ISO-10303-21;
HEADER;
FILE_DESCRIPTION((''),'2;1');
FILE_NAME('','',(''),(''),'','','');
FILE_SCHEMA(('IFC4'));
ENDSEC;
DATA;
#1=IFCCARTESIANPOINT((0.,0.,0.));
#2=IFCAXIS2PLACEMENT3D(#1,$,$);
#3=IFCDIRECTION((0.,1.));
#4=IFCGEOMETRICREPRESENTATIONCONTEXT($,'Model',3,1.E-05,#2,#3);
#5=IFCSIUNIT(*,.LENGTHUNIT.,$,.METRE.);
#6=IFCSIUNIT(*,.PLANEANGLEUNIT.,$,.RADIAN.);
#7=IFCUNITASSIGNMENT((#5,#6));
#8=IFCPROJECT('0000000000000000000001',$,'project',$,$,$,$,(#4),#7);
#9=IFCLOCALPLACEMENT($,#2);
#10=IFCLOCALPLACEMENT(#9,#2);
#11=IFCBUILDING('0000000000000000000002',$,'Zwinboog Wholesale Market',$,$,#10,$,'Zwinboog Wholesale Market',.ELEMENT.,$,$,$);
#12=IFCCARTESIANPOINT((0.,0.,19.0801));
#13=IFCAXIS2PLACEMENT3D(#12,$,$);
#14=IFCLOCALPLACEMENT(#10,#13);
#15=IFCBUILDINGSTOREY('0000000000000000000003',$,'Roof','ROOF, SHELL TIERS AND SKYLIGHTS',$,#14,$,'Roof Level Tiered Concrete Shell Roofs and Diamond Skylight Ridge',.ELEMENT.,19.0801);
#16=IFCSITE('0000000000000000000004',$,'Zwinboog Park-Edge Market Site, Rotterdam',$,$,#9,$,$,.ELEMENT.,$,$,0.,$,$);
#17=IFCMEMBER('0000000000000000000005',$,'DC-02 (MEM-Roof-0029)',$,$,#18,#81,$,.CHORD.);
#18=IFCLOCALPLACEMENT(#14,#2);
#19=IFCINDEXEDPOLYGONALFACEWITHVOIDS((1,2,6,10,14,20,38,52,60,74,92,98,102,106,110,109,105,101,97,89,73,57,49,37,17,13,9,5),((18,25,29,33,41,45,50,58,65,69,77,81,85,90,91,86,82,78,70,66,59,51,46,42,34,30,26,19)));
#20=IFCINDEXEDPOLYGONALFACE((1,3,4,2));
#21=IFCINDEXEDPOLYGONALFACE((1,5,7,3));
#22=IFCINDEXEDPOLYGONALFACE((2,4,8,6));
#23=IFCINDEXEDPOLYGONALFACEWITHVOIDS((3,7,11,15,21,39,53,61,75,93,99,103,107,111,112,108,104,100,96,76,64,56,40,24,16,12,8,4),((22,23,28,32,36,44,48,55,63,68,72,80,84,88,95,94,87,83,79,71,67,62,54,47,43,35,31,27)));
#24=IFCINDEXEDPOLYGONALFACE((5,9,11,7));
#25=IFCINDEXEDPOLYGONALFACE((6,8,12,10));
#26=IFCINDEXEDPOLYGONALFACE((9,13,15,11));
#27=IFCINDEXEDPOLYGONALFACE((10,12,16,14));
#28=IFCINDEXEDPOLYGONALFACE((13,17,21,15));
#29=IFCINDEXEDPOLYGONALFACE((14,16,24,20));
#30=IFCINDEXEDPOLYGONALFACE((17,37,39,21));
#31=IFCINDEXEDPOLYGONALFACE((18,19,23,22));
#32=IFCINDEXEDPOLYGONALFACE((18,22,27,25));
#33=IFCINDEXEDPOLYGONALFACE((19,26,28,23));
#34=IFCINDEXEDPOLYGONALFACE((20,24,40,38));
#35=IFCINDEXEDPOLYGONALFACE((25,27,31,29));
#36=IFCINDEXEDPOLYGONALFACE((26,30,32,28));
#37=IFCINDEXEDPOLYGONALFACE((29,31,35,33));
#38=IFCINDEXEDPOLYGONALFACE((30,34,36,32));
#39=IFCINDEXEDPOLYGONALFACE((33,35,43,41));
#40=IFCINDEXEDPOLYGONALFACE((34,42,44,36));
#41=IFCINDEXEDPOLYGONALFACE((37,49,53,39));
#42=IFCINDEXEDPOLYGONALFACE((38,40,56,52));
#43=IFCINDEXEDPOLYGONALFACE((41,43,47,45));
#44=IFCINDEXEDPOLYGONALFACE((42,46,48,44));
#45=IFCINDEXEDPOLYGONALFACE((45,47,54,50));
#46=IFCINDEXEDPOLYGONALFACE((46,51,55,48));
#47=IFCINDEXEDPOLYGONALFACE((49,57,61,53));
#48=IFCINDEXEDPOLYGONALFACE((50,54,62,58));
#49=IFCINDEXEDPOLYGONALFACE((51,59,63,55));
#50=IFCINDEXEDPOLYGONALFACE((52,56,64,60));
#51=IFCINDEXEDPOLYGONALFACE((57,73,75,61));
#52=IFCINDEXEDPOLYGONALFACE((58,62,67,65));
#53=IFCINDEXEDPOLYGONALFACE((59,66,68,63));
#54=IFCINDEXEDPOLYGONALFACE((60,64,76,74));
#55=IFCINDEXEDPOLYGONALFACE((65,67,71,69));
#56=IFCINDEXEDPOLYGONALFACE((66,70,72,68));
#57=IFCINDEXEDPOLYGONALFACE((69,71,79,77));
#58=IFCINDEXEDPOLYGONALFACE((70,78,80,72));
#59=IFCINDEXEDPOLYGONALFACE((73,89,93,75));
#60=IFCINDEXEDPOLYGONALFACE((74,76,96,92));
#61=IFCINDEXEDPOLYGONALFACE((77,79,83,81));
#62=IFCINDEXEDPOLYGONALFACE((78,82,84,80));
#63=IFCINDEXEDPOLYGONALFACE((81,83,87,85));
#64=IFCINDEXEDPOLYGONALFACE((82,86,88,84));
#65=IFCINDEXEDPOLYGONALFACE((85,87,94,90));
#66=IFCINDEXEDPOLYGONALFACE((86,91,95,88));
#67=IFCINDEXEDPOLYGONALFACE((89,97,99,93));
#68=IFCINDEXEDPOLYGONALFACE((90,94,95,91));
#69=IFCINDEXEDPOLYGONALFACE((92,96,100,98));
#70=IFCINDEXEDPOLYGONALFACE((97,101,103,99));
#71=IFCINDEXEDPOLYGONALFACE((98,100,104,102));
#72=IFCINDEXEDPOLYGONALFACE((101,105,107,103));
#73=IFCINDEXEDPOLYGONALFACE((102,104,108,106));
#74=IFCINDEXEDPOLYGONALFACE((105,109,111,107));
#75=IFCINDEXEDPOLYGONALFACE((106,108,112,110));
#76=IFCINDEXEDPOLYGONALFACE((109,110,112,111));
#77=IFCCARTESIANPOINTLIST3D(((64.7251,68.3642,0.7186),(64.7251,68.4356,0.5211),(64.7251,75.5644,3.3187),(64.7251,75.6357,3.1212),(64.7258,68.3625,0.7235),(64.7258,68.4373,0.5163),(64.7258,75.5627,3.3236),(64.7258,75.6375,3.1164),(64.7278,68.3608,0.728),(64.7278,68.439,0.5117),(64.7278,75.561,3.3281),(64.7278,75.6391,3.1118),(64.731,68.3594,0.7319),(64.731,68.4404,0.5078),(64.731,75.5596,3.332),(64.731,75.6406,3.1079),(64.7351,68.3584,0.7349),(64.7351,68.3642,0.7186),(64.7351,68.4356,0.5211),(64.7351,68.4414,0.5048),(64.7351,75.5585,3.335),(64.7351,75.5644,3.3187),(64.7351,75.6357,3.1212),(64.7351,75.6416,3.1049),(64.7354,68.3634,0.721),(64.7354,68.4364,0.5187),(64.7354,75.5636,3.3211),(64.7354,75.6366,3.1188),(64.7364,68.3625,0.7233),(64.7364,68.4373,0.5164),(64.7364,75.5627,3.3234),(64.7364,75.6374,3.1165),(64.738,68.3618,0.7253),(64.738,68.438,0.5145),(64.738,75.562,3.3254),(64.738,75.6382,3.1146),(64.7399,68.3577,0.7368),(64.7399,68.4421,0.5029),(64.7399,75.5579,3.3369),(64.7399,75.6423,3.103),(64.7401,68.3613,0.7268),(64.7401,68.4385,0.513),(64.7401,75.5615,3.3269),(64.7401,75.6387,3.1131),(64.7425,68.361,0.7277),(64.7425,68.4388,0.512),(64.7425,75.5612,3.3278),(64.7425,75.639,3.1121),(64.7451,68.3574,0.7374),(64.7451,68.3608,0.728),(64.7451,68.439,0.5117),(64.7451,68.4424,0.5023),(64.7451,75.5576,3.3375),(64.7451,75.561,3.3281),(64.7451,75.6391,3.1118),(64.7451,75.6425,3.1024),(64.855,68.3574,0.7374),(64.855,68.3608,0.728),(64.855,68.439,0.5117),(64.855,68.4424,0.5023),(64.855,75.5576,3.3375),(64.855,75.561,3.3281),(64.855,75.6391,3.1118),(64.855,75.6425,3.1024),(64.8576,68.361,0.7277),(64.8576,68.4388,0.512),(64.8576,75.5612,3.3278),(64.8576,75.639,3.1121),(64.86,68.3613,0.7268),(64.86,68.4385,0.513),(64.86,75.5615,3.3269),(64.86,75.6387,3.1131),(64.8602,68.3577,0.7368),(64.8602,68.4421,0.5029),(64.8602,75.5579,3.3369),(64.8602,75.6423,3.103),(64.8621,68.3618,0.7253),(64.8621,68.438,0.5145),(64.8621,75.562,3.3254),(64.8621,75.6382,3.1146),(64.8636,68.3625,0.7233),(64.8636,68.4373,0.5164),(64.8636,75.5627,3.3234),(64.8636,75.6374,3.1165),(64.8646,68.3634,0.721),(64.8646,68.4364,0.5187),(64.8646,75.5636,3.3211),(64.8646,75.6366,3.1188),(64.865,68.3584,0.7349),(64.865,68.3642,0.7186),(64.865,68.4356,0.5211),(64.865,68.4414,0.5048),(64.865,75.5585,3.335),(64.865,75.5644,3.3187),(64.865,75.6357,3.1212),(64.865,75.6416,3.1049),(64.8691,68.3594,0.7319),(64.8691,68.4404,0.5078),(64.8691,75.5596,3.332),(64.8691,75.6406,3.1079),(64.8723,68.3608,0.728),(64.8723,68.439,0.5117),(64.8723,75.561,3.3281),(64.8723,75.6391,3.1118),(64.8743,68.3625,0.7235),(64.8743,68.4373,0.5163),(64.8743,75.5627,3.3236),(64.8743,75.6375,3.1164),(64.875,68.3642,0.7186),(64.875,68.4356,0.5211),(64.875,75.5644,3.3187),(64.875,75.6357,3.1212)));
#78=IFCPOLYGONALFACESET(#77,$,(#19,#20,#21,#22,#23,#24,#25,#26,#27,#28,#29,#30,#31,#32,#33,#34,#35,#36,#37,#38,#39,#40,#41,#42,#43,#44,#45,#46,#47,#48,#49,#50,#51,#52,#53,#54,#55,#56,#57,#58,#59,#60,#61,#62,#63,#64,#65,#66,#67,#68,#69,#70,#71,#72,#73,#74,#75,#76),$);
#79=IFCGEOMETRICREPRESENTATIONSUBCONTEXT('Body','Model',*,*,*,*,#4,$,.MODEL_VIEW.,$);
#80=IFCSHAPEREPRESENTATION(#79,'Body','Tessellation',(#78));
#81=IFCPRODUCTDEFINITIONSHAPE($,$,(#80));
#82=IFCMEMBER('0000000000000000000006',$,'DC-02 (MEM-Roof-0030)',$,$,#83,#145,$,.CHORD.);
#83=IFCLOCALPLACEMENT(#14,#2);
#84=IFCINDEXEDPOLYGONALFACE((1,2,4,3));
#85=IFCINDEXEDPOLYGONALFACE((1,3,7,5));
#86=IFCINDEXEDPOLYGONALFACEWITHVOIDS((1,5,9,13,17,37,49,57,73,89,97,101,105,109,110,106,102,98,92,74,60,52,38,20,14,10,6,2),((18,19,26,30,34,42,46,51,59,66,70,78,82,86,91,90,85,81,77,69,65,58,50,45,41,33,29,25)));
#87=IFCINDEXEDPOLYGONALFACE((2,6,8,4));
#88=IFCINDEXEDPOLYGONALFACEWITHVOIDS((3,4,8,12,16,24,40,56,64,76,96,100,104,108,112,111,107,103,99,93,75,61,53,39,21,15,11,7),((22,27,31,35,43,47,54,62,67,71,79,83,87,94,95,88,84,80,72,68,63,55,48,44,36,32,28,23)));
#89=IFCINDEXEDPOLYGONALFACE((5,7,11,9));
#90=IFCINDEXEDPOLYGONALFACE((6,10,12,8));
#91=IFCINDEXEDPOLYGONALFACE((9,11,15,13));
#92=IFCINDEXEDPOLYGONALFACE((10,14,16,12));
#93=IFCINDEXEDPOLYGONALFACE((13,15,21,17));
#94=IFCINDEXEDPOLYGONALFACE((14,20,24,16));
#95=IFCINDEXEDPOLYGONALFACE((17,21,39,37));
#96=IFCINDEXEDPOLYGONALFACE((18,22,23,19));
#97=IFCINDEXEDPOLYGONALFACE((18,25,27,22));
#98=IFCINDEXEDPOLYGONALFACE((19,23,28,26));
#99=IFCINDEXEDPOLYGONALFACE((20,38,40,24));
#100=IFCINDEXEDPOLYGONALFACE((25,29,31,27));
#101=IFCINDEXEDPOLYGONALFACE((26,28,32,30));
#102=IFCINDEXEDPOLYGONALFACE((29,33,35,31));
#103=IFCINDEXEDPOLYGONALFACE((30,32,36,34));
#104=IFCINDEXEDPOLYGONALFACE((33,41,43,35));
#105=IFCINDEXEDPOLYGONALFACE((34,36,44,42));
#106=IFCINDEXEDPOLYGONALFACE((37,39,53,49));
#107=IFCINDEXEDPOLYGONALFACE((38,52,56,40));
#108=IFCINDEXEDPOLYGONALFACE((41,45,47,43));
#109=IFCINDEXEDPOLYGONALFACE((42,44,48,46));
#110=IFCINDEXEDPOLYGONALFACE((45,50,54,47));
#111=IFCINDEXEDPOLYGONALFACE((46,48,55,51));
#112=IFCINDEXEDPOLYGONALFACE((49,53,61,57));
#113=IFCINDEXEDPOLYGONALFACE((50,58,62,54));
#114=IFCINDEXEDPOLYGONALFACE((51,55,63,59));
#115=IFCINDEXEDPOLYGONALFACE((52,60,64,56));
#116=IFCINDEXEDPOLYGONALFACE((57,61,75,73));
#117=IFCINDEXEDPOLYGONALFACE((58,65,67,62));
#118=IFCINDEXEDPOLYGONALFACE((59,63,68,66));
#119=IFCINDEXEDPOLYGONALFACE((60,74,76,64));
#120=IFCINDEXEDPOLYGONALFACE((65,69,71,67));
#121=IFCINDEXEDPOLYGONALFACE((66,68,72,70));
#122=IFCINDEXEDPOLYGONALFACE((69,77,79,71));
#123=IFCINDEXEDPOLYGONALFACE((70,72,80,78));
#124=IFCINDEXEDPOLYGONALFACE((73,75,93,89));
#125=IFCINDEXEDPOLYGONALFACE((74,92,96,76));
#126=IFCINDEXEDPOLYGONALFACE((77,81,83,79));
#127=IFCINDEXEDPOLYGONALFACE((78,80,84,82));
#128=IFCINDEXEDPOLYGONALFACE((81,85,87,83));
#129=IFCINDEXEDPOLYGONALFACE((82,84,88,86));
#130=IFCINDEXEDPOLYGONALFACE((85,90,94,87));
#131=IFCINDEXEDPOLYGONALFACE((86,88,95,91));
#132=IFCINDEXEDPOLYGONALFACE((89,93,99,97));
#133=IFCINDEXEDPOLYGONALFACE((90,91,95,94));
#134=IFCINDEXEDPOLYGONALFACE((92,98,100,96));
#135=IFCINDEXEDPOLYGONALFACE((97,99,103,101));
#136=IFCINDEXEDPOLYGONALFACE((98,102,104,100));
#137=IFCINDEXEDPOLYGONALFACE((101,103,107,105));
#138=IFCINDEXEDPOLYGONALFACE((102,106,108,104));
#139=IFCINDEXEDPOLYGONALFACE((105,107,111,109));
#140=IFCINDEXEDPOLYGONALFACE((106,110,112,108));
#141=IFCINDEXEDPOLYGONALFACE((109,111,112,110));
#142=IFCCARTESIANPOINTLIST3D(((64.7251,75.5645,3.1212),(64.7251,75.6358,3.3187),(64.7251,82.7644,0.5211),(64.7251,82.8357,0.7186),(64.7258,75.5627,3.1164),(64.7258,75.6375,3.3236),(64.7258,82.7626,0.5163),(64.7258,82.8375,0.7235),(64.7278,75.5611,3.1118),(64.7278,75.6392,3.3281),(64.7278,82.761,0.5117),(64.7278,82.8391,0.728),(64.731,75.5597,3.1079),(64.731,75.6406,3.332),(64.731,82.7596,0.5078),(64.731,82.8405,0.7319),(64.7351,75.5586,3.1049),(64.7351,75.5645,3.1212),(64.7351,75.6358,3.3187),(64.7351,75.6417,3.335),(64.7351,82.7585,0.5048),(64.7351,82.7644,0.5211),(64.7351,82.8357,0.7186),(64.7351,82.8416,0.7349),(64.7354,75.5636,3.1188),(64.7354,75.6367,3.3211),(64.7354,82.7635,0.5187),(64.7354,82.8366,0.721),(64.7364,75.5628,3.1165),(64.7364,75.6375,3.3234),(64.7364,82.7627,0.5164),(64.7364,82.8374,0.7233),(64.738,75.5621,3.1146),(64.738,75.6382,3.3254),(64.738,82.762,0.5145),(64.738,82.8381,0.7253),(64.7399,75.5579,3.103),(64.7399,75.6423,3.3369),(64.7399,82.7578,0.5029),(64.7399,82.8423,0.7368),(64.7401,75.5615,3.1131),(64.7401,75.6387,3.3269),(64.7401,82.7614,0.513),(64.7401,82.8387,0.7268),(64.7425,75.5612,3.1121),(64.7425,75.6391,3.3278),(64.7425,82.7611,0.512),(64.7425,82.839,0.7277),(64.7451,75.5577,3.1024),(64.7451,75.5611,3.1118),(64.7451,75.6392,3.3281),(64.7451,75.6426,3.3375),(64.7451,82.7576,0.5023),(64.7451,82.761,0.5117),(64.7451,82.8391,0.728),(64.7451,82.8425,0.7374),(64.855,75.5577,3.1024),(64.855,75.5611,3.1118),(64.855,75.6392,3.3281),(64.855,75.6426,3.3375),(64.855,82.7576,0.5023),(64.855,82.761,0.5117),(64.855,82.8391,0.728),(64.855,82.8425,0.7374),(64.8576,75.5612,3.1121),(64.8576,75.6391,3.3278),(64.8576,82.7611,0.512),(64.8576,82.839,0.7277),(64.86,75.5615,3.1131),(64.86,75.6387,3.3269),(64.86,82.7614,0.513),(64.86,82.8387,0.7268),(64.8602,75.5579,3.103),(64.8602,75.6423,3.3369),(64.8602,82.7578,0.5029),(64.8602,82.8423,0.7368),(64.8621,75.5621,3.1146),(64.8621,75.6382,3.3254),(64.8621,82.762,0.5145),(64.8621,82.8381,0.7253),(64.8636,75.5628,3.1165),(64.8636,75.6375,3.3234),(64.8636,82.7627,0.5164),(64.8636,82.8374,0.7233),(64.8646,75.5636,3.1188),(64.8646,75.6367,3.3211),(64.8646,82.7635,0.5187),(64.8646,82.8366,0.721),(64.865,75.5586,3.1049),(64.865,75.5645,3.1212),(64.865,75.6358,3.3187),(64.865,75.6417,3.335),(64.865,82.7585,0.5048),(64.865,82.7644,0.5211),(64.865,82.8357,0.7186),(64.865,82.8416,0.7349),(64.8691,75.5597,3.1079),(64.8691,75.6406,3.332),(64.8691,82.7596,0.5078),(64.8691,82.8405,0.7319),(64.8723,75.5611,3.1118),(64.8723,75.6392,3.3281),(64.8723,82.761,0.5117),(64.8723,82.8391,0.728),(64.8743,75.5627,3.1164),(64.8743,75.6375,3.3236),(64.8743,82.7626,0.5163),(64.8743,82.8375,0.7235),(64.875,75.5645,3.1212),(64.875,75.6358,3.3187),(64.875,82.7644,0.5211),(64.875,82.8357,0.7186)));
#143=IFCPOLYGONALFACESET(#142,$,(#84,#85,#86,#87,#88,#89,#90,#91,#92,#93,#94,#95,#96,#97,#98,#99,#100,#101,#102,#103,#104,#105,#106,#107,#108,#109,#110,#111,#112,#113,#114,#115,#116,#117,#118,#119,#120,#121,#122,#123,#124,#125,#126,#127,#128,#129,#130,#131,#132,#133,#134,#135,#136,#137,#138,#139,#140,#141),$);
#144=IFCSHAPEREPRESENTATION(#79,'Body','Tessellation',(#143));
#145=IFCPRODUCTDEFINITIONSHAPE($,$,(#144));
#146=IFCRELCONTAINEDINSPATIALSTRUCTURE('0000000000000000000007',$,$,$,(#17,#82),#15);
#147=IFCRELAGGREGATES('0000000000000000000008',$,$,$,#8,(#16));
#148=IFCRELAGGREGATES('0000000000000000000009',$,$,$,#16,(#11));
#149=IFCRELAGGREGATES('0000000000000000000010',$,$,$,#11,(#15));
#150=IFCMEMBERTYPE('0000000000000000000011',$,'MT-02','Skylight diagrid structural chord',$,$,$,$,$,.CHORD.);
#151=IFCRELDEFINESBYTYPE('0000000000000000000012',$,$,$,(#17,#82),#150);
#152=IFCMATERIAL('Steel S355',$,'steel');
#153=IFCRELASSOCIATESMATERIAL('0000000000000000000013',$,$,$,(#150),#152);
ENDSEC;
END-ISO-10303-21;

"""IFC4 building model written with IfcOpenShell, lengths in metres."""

from ifc_helpers import new_model, si_unit, direction, frame, origin, origin_2d, place, context, subcontext, project, spatial, hollow_rectangle, extrude, material, material_profile, profile_set, type_object, element, save


model = new_model("IFC4")

# Units and contexts
model_context = context("Model", 3, precision=1e-05, world=origin(), true_north=direction((0.0, 1.0)))
body_context = subcontext(model_context, "Body", "Model", "MODEL_VIEW")
ifc_project = project(units=[si_unit("LENGTHUNIT", "METRE"), si_unit("PLANEANGLEUNIT", "RADIAN")], contexts=[model_context])

# Site, building, storey
site_placement = place(None, origin())
site = spatial("IfcSite", under=ifc_project, at=site_placement, Name="Zwinboog Park-Edge Market Site, Rotterdam", CompositionType="ELEMENT", RefElevation=0.0)
building_placement = place(site_placement, origin())
building = spatial("IfcBuilding", under=site, at=building_placement, Name="Zwinboog Wholesale Market", LongName="Zwinboog Wholesale Market", CompositionType="ELEMENT")
storey_placement = place(building_placement, frame((0.0, 0.0, 19.0801)))
storey = spatial("IfcBuildingStorey", under=building, at=storey_placement, Name="Roof", Description="ROOF, SHELL TIERS AND SKYLIGHTS", LongName="Roof Level Tiered Concrete Shell Roofs and Diamond Skylight Ridge", CompositionType="ELEMENT", Elevation=19.0801)

# Members
ifc_material_1 = material(Name="Steel S355", Category="steel")
ifc_material_profile_1 = material_profile(ifc_material_1, hollow_rectangle(XDim=0.1499, YDim=0.25, WallThickness=0.01, InnerFilletRadius=0.01, OuterFilletRadius=0.02, at=origin_2d()), Name="RHS 250x150x10")
ifc_profile_set_1 = profile_set([ifc_material_profile_1], Name="Steel S355")
member_type_1 = type_object("IfcMemberType", Name="MT-02", Description="Skylight diagrid structural chord", PredefinedType="CHORD", material=ifc_profile_set_1)
member_1_placement = place(storey_placement, frame((64.8, 68.3999, 0.6199), z_axis=(0.0, 0.940553, 0.339648), x_axis=(-1.0, 0.0, 0.0)))
element("IfcMember", 1, at=member_1_placement, inside=storey, type_object=member_type_1, Name="DC-02 (MEM-Roof-0029)", PredefinedType="CHORD", context=body_context, shape_type="SweptSolid", body=[
    extrude(hollow_rectangle(XDim=0.1499, YDim=0.25, WallThickness=0.01, InnerFilletRadius=0.01, OuterFilletRadius=0.02, at=origin_2d()), origin(), (0.0, 0.0, 1.0), 7.6553),
])
member_2_placement = place(storey_placement, frame((64.8, 82.8, 0.6199), z_axis=(0.0, -0.940549, 0.339658), x_axis=(1.0, 0.0, 0.0)))
element("IfcMember", 2, at=member_2_placement, inside=storey, type_object=member_type_1, Name="DC-02 (MEM-Roof-0030)", PredefinedType="CHORD", context=body_context, shape_type="SweptSolid", body=[
    extrude(hollow_rectangle(XDim=0.1499, YDim=0.25, WallThickness=0.01, InnerFilletRadius=0.01, OuterFilletRadius=0.02, at=origin_2d()), origin(), (0.0, 0.0, 1.0), 7.655),
])

save(model, "model.ifc")
